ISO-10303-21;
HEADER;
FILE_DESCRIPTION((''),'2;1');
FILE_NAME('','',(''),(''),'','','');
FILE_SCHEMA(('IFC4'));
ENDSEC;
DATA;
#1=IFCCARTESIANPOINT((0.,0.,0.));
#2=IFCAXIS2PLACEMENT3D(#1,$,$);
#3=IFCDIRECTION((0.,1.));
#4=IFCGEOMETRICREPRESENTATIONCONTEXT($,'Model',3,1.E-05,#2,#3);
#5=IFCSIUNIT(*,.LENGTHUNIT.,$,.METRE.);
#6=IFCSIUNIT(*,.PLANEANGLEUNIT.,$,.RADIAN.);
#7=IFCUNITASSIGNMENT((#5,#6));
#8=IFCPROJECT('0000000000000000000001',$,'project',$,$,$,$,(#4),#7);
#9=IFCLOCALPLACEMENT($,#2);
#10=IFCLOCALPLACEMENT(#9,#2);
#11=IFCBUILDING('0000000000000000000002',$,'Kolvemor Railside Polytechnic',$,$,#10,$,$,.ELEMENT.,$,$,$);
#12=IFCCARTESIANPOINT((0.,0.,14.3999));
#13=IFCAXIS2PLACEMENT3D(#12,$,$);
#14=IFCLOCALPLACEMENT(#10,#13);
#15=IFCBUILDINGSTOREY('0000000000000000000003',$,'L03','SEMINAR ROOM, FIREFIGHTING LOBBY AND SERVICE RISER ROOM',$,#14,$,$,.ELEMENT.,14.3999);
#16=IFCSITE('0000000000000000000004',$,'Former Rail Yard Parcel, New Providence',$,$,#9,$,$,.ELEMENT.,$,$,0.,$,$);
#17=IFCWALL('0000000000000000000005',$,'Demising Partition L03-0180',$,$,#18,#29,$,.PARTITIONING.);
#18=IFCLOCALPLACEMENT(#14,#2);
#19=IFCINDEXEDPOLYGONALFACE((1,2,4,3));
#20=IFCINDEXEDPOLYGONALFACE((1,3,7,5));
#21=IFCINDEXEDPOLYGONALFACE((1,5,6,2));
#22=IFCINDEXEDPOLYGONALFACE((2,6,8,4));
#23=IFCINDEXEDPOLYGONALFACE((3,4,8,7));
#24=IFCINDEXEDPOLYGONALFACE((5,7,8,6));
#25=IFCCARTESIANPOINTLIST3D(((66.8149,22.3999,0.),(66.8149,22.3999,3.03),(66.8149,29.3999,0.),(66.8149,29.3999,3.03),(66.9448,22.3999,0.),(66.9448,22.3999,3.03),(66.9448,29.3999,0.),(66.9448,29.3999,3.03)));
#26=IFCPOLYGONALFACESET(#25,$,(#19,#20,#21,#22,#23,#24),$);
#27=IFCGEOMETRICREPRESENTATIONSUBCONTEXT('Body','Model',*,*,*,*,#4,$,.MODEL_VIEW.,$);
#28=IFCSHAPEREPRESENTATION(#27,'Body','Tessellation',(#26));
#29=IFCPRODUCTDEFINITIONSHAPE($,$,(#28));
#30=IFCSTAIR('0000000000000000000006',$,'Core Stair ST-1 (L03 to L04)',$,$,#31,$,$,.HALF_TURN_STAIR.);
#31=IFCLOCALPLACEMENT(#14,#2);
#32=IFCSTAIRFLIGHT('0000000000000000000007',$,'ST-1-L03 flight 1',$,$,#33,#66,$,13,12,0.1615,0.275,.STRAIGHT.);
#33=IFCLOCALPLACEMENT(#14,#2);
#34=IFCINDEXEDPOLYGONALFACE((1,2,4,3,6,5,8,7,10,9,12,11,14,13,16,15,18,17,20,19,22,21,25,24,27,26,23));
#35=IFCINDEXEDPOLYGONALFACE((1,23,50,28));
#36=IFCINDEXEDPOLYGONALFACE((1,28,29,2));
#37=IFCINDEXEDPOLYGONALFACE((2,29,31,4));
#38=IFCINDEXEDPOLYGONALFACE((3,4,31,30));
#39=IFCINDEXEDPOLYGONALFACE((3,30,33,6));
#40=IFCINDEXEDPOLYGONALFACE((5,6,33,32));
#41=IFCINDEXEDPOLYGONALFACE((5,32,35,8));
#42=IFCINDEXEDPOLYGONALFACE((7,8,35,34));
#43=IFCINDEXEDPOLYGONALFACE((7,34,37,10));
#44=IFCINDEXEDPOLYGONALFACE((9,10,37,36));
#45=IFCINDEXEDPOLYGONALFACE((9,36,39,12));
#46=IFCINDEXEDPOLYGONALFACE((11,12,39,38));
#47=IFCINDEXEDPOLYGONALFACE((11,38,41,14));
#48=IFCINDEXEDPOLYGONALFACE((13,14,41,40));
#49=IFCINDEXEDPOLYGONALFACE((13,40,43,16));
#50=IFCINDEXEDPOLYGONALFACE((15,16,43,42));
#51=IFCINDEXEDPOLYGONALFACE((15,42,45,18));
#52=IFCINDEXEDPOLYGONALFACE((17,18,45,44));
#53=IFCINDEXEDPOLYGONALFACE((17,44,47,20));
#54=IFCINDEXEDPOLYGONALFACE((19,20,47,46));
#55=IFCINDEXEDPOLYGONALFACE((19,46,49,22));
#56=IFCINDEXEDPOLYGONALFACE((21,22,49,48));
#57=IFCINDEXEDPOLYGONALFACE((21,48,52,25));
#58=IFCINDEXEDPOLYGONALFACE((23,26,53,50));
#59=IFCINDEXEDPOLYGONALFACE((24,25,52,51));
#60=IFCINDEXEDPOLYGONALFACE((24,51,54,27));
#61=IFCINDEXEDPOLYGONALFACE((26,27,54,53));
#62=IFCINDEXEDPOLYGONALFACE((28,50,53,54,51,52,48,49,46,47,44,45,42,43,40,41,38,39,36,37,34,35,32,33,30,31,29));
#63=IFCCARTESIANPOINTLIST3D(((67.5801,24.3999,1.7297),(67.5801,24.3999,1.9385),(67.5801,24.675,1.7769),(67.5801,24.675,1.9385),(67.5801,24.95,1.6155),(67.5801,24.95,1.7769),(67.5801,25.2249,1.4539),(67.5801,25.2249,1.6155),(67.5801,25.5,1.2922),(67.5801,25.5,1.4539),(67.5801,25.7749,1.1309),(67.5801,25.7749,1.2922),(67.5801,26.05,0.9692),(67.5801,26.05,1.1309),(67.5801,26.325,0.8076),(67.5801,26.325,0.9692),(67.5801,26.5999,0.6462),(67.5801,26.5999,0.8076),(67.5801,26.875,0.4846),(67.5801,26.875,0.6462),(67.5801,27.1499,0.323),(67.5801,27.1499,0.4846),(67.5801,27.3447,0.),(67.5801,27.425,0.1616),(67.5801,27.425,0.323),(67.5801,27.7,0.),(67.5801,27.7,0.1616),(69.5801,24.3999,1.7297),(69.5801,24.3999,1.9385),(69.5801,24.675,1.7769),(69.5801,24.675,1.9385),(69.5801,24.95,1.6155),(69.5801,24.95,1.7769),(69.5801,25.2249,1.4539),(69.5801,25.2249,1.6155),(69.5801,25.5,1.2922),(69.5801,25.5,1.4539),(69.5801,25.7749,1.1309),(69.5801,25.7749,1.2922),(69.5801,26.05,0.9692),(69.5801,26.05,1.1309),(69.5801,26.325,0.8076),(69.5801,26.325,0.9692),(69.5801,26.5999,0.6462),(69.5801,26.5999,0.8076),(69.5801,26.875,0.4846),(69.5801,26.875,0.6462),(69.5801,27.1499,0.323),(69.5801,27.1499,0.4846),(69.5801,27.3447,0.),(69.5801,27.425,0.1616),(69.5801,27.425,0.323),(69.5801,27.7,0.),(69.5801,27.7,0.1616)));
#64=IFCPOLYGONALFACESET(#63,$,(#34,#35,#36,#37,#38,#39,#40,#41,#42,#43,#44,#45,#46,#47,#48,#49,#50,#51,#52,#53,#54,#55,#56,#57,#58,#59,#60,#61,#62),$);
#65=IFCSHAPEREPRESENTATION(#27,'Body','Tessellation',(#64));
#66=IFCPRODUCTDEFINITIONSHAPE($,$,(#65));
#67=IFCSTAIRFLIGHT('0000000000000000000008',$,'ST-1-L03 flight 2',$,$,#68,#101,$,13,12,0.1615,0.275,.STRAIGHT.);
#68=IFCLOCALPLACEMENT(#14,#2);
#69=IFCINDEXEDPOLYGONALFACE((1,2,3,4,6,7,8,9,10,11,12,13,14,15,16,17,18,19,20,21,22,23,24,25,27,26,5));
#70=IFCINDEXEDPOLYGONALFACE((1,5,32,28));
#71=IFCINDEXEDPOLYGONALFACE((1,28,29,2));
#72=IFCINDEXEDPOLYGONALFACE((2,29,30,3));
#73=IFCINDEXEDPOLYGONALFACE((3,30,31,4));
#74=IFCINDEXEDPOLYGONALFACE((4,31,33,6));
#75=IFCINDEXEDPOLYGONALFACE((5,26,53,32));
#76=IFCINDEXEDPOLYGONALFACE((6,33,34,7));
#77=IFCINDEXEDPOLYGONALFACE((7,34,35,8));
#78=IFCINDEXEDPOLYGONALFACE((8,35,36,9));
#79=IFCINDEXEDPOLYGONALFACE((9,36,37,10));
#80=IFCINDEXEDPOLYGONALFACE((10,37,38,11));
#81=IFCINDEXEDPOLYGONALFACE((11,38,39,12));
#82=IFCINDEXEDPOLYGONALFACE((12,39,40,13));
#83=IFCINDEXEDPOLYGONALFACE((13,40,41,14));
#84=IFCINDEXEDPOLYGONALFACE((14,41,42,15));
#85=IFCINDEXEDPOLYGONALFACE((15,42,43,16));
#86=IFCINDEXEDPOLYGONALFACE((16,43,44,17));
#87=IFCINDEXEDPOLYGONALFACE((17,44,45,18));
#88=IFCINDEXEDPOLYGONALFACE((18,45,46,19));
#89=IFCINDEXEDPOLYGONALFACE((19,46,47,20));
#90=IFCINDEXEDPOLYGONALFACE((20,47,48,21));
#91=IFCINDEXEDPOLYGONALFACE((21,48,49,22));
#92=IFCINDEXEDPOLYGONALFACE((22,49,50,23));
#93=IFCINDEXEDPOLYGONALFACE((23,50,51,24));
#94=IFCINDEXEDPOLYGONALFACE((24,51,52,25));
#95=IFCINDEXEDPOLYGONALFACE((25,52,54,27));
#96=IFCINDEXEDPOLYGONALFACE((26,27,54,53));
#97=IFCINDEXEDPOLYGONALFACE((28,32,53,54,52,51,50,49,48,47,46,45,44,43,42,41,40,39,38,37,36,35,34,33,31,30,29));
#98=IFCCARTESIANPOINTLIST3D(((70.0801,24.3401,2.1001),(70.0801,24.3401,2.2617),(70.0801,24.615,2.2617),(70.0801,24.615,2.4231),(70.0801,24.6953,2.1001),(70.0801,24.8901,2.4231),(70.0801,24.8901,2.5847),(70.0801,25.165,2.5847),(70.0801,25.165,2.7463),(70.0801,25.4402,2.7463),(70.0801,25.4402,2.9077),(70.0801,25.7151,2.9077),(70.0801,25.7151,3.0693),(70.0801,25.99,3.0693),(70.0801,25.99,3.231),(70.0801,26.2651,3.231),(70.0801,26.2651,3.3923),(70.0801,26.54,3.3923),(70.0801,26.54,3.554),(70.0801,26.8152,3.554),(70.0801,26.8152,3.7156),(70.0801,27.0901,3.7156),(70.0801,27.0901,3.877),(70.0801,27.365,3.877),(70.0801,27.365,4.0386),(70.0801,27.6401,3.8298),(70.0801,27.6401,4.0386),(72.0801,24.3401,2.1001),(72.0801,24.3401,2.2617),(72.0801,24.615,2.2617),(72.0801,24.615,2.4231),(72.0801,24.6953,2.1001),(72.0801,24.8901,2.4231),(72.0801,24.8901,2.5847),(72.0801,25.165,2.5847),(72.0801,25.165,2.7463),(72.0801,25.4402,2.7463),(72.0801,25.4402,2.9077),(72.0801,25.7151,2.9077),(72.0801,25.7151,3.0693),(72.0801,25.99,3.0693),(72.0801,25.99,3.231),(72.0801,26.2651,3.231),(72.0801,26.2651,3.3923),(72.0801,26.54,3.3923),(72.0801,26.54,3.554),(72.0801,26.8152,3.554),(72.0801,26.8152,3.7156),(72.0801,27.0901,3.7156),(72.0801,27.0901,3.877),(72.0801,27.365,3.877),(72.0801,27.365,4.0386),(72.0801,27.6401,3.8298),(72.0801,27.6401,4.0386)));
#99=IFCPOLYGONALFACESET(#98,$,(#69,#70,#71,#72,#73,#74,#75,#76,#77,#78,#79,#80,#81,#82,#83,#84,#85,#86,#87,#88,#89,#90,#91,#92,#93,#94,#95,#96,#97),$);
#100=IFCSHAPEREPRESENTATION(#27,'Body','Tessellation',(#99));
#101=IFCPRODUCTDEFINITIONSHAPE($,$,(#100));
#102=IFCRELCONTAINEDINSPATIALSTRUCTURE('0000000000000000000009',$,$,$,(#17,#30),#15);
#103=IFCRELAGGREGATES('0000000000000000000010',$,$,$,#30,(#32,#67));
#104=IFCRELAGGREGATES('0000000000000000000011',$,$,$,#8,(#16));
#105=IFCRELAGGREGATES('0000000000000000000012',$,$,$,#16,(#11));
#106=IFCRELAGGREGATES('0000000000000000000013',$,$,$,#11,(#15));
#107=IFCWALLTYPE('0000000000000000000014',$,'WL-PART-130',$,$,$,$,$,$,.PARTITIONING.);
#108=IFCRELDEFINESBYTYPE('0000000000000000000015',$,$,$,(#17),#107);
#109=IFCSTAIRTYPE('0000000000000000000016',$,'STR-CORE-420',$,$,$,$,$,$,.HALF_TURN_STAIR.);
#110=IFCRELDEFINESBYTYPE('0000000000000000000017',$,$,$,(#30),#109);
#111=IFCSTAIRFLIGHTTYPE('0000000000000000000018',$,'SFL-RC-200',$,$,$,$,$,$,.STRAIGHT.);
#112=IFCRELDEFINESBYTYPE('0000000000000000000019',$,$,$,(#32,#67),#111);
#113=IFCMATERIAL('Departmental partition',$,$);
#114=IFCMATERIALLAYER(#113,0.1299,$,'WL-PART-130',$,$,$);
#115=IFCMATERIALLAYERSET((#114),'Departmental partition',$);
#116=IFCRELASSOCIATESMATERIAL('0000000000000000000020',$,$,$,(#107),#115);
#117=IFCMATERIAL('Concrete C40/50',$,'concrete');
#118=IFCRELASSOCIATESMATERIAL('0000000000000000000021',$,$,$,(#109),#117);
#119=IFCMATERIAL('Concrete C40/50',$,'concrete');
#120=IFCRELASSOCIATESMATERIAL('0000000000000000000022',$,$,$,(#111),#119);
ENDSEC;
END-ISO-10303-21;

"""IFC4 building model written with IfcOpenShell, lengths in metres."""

from ifc_helpers import new_model, si_unit, direction, frame, frame_2d, origin, place, context, subcontext, project, spatial, polyline, rectangle, outline, extrude, material, layer, layer_set, type_object, element, aggregate, save


model = new_model("IFC4")

# Units and contexts
model_context = context("Model", 3, precision=1e-05, world=origin(), true_north=direction((0.0, 1.0)))
body_context = subcontext(model_context, "Body", "Model", "MODEL_VIEW")
ifc_project = project(units=[si_unit("LENGTHUNIT", "METRE"), si_unit("PLANEANGLEUNIT", "RADIAN")], contexts=[model_context])

# Site, building, storey
site_placement = place(None, origin())
site = spatial("IfcSite", under=ifc_project, at=site_placement, Name="Former Rail Yard Parcel, New Providence", CompositionType="ELEMENT", RefElevation=0.0)
building_placement = place(site_placement, origin())
building = spatial("IfcBuilding", under=site, at=building_placement, Name="Kolvemor Railside Polytechnic", CompositionType="ELEMENT")
storey_placement = place(building_placement, frame((0.0, 0.0, 14.3999)))
storey = spatial("IfcBuildingStorey", under=building, at=storey_placement, Name="L03", Description="SEMINAR ROOM, FIREFIGHTING LOBBY AND SERVICE RISER ROOM", CompositionType="ELEMENT", Elevation=14.3999)

# Wall
ifc_material_1 = material(Name="Departmental partition")
ifc_layer_1 = layer(ifc_material_1, 0.1299, Name="WL-PART-130")
ifc_layer_set_1 = layer_set([ifc_layer_1], Name="Departmental partition")
wall_type_1 = type_object("IfcWallType", Name="WL-PART-130", PredefinedType="PARTITIONING", material=ifc_layer_set_1)
wall_1_placement = place(storey_placement, frame((66.8799, 22.3999, 0.0), z_axis=(0.0, 0.0, 1.0), x_axis=(0.0, 1.0, 0.0)))
element("IfcWall", 1, at=wall_1_placement, inside=storey, type_object=wall_type_1, Name="Demising Partition L03-0180", PredefinedType="PARTITIONING", context=body_context, shape_type="SweptSolid", body=[
    extrude(rectangle(XDim=7.0, YDim=0.1299, at=frame_2d((3.5, 0.0))), origin(), (0.0, 0.0, 1.0), 3.03),
])

# Stair, stair flights
ifc_material_2 = material(Name="Concrete C40/50", Category="concrete")
stair_type = type_object("IfcStairType", Name="STR-CORE-420", PredefinedType="HALF_TURN_STAIR", material=ifc_material_2)
stair_placement = place(storey_placement, origin())
stair = element("IfcStair", 2, at=stair_placement, inside=storey, type_object=stair_type, Name="Core Stair ST-1 (L03 to L04)", PredefinedType="HALF_TURN_STAIR")
ifc_material_3 = material(Name="Concrete C40/50", Category="concrete")
stair_flight_type = type_object("IfcStairFlightType", Name="SFL-RC-200", PredefinedType="STRAIGHT", material=ifc_material_3)
stair_flight_1_placement = place(storey_placement, frame((68.5801, 27.7, 0.0), z_axis=(0.0, 0.0, 1.0), x_axis=(0.0, -1.0, 0.0)))
stair_flight_1 = element("IfcStairFlight", 3, at=stair_flight_1_placement, type_object=stair_flight_type, Name="ST-1-L03 flight 1", NumberOfRisers=13, NumberOfTreads=12, PredefinedType="STRAIGHT", RiserHeight=0.1615, TreadLength=0.275, context=body_context, shape_type="SweptSolid", body=[
    extrude(outline(polyline([(0.0, 0.0), (0.0, 0.1616), (0.2749, 0.1616), (0.2749, 0.323), (0.55, 0.323), (0.55, 0.4846), (0.825, 0.4846), (0.825, 0.6462), (1.1001, 0.6462), (1.1001, 0.8076), (1.375, 0.8076), (1.375, 0.9692), (1.6499, 0.9692), (1.6499, 1.1309), (1.925, 1.1309), (1.925, 1.2922), (2.2, 1.2922), (2.2, 1.4539), (2.4751, 1.4539), (2.4751, 1.6155), (2.75, 1.6155), (2.75, 1.7769), (3.0249, 1.7769), (3.0249, 1.9385), (3.3, 1.9385), (3.3, 2.1001), (3.3, 1.7297), (0.3552, 0.0), (0.0, 0.0)])), frame((0.0, 1.0, 0.0), z_axis=(0.0, -1.0, 0.0), x_axis=(1.0, 0.0, 0.0)), (0.0, 0.0, 1.0), 2.0),
])
stair_flight_2_placement = place(storey_placement, frame((71.0801, 24.3401, 2.1001), z_axis=(0.0, 0.0, 1.0), x_axis=(0.0, 1.0, 0.0)))
stair_flight_2 = element("IfcStairFlight", 4, at=stair_flight_2_placement, type_object=stair_flight_type, Name="ST-1-L03 flight 2", NumberOfRisers=13, NumberOfTreads=12, PredefinedType="STRAIGHT", RiserHeight=0.1615, TreadLength=0.275, context=body_context, shape_type="SweptSolid", body=[
    extrude(outline(polyline([(0.0, 0.0), (0.0, 0.1616), (0.2749, 0.1616), (0.2749, 0.323), (0.55, 0.323), (0.55, 0.4846), (0.825, 0.4846), (0.825, 0.6462), (1.1001, 0.6462), (1.1001, 0.8076), (1.375, 0.8076), (1.375, 0.9692), (1.6499, 0.9692), (1.6499, 1.1309), (1.925, 1.1309), (1.925, 1.2922), (2.2, 1.2922), (2.2, 1.4539), (2.4751, 1.4539), (2.4751, 1.6155), (2.75, 1.6155), (2.75, 1.7769), (3.0249, 1.7769), (3.0249, 1.9385), (3.3, 1.9385), (3.3, 2.1001), (3.3, 1.7297), (0.3552, 0.0), (0.0, 0.0)])), frame((0.0, 1.0, 0.0), z_axis=(0.0, -1.0, 0.0), x_axis=(1.0, 0.0, 0.0)), (0.0, 0.0, 1.0), 2.0),
])
aggregate(stair, [stair_flight_1, stair_flight_2])

save(model, "model.ifc")
